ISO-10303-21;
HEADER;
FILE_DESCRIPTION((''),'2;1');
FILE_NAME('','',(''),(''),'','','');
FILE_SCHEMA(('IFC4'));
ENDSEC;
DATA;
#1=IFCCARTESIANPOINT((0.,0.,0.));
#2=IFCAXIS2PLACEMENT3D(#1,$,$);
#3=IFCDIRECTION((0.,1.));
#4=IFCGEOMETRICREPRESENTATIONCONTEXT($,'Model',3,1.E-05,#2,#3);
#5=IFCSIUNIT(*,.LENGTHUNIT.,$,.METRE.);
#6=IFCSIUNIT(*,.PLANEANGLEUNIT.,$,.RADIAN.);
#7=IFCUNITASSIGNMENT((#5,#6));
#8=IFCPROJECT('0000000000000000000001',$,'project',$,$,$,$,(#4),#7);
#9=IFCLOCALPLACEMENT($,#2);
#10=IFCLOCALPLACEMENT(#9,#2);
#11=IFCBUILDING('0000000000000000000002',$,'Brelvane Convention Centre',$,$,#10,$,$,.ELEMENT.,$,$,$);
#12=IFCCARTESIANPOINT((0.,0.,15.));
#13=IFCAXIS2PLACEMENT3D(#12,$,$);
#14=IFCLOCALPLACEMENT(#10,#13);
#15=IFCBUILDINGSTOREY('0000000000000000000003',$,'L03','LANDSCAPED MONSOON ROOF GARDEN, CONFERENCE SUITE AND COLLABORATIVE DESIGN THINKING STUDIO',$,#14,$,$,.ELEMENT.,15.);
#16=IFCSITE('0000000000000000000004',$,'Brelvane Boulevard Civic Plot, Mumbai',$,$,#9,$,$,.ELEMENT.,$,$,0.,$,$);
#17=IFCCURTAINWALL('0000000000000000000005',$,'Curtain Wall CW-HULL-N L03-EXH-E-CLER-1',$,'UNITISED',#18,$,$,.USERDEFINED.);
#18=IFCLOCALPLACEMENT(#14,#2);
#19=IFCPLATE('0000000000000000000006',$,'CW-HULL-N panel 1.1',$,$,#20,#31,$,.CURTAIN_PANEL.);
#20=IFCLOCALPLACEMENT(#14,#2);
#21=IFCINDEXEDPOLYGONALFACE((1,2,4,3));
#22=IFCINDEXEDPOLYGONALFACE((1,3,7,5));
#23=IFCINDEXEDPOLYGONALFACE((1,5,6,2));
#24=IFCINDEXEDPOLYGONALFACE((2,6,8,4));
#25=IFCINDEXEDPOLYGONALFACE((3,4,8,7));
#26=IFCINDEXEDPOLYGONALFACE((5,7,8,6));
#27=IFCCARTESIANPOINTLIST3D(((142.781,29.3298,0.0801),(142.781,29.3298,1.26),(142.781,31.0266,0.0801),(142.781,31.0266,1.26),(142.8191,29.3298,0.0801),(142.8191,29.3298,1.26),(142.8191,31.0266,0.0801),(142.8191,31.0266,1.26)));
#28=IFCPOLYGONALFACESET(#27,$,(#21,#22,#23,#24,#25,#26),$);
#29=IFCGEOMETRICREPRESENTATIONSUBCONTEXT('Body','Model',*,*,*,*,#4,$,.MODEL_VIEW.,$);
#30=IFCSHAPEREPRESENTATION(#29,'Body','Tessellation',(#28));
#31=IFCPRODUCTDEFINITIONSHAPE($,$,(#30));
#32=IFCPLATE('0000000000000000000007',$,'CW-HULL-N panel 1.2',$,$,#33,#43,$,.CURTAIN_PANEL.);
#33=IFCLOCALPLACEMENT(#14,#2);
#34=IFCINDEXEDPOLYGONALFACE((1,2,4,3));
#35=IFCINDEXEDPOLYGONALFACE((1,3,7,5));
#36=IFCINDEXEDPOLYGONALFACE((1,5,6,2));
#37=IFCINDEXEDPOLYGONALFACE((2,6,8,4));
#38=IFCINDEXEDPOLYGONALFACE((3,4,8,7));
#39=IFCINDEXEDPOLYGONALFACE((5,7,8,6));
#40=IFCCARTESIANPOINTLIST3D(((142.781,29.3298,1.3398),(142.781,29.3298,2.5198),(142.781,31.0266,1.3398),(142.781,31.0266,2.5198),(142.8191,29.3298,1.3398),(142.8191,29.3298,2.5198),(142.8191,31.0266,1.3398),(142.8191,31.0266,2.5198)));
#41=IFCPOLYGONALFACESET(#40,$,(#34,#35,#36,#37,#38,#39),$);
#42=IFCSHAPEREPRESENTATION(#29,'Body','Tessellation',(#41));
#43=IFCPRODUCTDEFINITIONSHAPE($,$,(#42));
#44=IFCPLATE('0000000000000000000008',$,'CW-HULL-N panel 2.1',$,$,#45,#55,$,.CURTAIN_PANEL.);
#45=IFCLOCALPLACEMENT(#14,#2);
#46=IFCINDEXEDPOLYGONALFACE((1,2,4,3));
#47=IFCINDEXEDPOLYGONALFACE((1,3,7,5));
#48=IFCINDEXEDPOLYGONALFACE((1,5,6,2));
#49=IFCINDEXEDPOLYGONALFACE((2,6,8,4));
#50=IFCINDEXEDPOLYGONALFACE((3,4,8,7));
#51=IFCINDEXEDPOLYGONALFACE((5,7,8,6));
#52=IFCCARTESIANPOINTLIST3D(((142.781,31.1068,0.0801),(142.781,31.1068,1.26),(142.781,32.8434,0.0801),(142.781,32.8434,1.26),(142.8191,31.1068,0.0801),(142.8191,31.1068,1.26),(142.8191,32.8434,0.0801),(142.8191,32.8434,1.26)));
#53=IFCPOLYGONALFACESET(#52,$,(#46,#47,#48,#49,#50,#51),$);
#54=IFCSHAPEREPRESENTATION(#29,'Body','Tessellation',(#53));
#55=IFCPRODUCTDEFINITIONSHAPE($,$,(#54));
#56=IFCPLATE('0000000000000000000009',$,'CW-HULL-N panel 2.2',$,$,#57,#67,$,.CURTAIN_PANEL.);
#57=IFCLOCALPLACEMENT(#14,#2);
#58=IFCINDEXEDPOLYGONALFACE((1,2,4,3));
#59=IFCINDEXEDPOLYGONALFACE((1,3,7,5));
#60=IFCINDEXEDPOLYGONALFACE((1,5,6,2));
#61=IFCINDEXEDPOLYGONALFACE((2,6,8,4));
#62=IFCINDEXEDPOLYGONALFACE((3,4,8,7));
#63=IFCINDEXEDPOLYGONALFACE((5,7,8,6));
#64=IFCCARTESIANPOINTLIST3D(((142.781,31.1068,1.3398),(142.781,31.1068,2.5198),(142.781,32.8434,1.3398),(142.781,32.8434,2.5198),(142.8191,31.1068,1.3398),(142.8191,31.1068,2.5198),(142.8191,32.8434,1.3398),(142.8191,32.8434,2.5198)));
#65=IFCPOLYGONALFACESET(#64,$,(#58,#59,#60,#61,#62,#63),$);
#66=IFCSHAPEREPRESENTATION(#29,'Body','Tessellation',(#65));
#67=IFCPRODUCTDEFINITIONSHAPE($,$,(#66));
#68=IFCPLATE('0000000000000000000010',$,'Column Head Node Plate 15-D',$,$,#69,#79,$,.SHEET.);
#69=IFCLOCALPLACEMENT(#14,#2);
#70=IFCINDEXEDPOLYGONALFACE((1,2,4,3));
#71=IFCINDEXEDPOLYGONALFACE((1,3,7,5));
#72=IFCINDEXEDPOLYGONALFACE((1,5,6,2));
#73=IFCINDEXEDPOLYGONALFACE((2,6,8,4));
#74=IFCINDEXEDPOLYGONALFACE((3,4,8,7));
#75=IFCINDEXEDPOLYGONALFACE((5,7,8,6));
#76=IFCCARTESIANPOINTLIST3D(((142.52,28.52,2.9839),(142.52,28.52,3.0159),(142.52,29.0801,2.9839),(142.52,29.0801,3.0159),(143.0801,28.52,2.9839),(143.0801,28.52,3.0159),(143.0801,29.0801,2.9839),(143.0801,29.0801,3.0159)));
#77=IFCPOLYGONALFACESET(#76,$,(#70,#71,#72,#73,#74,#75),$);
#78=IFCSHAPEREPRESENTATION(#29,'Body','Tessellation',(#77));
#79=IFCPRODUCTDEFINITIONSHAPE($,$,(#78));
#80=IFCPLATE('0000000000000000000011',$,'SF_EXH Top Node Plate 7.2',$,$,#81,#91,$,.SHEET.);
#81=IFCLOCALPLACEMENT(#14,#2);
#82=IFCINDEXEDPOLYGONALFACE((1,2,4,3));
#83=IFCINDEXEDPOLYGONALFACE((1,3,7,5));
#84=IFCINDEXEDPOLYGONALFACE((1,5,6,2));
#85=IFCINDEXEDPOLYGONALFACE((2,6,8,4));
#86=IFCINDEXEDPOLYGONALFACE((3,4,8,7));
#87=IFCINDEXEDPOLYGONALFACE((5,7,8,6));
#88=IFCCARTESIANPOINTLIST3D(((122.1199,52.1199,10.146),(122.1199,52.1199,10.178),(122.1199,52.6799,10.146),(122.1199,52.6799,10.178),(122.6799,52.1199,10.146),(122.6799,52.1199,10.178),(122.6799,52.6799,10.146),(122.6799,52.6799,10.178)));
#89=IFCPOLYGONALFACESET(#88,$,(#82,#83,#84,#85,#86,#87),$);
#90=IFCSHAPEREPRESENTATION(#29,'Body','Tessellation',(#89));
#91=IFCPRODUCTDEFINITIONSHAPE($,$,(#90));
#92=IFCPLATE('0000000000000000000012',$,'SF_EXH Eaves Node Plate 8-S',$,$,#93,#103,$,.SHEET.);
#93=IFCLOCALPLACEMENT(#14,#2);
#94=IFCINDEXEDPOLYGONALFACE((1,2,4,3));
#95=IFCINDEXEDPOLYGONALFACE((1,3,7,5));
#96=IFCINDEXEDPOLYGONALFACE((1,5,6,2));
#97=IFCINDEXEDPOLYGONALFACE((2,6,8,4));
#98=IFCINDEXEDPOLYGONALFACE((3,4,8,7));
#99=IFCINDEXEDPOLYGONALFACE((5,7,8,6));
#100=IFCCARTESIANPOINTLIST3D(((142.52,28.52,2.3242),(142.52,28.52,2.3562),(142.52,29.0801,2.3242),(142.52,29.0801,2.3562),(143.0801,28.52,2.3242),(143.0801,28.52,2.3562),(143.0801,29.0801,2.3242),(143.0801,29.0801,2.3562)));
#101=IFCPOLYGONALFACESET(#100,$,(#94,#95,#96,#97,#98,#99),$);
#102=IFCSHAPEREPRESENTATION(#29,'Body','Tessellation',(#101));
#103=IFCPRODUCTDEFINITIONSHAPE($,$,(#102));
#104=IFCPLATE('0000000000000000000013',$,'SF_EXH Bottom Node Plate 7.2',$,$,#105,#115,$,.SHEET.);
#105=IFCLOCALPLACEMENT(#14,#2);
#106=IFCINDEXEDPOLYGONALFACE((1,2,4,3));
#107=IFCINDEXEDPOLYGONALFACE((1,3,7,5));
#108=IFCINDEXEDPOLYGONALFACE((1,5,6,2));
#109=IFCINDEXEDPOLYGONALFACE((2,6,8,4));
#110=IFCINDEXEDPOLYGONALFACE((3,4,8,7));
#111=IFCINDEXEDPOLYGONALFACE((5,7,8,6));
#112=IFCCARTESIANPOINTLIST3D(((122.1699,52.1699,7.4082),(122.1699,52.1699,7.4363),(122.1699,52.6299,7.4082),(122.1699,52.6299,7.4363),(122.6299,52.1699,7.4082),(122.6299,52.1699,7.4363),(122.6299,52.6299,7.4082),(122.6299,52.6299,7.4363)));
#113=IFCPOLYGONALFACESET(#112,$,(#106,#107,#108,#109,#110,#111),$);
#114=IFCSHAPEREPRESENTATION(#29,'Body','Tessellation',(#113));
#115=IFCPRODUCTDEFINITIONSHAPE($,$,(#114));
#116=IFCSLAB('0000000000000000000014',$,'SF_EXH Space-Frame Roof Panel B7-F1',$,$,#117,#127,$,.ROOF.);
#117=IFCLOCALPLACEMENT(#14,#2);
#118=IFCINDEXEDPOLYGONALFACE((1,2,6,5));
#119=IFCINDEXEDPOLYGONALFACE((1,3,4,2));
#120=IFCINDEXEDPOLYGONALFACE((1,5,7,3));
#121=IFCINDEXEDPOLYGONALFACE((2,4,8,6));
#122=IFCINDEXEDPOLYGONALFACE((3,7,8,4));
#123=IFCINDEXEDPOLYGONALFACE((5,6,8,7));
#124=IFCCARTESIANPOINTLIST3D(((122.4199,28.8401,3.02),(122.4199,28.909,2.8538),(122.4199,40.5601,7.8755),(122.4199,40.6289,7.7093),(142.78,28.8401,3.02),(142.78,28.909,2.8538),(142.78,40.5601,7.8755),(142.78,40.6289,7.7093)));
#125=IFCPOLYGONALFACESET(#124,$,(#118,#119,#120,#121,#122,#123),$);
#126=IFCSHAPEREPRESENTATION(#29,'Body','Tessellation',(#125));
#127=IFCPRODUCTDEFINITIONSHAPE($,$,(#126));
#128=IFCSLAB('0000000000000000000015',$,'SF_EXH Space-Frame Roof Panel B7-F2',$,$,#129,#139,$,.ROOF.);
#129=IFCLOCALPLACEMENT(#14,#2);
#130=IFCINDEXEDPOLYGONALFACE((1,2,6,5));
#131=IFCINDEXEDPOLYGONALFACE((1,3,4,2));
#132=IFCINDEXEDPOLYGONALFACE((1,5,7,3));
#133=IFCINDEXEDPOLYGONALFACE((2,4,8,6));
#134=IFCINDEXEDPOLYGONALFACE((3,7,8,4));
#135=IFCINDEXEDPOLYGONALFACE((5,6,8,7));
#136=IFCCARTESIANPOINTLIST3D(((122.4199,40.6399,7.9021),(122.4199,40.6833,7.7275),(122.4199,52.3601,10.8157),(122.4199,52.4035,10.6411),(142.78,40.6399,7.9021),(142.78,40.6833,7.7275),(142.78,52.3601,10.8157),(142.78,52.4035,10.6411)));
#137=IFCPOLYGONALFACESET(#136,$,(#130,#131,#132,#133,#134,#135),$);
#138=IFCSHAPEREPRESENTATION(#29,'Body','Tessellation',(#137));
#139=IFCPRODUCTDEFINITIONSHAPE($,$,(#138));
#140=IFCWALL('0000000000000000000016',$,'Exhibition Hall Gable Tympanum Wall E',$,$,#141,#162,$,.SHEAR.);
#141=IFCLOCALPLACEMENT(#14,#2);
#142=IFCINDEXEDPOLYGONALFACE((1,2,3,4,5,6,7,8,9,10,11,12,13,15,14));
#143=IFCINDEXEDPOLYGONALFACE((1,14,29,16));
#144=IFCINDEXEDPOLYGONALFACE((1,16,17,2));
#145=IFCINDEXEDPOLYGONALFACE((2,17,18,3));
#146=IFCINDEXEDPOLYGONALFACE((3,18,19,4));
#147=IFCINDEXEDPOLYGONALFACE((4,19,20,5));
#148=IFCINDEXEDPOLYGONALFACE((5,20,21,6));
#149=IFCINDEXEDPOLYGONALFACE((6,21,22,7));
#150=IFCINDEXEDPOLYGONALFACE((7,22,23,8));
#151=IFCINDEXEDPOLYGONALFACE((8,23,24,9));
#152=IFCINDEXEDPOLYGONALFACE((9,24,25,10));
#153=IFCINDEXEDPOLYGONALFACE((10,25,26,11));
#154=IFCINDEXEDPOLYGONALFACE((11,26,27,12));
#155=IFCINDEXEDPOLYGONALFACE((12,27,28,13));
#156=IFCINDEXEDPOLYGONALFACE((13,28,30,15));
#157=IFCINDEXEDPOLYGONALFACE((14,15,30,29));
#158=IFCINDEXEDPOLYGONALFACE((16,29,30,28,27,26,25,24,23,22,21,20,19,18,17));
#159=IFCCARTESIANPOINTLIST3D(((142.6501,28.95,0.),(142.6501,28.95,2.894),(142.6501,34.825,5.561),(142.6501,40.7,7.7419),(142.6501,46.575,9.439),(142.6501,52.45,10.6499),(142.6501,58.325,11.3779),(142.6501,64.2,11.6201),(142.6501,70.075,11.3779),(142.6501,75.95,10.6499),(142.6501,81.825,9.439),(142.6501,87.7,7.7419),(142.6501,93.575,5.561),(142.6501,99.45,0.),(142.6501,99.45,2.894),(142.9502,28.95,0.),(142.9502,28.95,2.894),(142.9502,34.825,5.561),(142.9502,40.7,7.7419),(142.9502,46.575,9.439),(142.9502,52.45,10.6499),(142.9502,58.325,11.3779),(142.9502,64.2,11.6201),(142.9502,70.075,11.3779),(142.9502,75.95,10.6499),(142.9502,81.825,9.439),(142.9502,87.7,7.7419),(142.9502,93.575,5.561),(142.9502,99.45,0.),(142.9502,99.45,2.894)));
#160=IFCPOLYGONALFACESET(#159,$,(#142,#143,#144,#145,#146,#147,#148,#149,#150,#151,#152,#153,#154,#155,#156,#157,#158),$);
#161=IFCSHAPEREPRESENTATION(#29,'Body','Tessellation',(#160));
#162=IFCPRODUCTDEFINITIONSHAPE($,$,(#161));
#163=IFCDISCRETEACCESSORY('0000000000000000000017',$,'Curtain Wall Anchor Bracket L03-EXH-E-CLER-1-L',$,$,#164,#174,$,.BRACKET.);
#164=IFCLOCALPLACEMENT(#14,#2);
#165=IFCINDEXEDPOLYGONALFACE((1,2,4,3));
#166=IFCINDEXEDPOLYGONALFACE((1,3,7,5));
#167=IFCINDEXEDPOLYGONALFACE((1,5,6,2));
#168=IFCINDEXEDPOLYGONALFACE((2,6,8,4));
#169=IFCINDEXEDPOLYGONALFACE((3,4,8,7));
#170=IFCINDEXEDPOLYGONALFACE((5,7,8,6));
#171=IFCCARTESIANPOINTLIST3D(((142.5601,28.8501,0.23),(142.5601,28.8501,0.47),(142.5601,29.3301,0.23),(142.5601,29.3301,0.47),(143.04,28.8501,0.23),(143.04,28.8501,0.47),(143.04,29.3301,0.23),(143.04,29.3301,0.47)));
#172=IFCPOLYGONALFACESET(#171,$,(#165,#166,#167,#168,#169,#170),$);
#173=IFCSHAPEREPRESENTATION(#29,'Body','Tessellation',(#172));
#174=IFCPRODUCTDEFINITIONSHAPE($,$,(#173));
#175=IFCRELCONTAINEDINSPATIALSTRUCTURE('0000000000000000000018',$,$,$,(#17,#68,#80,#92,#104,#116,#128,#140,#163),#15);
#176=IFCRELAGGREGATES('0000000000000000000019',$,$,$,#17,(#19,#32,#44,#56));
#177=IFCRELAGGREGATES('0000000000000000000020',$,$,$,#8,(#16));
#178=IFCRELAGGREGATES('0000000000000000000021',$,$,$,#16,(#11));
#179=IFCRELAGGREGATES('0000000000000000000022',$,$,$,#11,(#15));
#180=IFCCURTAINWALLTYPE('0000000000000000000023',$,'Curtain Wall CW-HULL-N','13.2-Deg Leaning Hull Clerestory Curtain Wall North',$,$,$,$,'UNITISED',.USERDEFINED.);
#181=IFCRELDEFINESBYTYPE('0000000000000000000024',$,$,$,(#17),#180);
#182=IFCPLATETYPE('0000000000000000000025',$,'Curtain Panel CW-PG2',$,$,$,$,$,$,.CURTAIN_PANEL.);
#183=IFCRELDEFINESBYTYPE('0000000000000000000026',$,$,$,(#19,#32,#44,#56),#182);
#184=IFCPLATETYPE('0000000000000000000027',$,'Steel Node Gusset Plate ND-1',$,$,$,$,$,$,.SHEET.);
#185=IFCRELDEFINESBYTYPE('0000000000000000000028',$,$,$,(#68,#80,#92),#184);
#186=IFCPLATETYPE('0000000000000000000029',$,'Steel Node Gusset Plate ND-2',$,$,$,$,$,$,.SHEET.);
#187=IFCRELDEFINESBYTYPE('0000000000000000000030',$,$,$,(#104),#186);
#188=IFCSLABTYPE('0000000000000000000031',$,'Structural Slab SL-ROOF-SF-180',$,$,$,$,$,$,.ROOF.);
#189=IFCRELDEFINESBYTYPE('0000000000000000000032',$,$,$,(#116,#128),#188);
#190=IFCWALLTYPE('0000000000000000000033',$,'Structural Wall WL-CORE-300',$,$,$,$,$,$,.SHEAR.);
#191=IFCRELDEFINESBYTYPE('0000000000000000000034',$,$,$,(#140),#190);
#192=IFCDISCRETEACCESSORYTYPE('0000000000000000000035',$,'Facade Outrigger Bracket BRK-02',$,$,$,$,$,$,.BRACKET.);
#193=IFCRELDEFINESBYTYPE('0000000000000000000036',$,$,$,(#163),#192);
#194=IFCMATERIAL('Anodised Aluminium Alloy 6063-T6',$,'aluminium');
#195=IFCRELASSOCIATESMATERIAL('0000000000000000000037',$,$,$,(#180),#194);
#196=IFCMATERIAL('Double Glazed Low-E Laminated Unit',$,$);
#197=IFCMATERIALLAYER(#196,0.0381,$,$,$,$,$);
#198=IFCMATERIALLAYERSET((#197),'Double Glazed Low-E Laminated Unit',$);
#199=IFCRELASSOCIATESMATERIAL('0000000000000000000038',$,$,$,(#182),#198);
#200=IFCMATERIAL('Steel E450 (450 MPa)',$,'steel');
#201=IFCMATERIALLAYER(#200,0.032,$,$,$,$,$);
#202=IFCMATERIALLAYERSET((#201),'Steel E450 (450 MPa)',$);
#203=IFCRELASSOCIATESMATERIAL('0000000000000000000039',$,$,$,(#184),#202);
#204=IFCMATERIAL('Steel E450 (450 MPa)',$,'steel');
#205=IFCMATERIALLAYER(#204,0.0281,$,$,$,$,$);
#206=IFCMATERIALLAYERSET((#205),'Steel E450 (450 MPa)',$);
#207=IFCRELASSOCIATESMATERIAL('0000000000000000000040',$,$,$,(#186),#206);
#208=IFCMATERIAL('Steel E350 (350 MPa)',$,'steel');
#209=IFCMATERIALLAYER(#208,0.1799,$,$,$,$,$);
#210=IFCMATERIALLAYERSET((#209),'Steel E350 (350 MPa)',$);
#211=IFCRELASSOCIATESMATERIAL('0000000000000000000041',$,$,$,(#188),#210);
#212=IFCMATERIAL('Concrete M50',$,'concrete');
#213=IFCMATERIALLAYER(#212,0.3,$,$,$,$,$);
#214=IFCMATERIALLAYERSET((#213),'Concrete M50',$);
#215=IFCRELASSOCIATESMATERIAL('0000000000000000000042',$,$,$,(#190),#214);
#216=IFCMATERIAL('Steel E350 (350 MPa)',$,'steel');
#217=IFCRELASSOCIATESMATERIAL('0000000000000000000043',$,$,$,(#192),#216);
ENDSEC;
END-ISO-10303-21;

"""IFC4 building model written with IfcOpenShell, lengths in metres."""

from ifc_helpers import new_model, si_unit, direction, frame, origin, origin_2d, place, context, subcontext, project, spatial, polyline, rectangle, outline, extrude, material, layer, layer_set, type_object, element, aggregate, save


model = new_model("IFC4")

# Units and contexts
model_context = context("Model", 3, precision=1e-05, world=origin(), true_north=direction((0.0, 1.0)))
body_context = subcontext(model_context, "Body", "Model", "MODEL_VIEW")
ifc_project = project(units=[si_unit("LENGTHUNIT", "METRE"), si_unit("PLANEANGLEUNIT", "RADIAN")], contexts=[model_context])

# Site, building, storey
site_placement = place(None, origin())
site = spatial("IfcSite", under=ifc_project, at=site_placement, Name="Brelvane Boulevard Civic Plot, Mumbai", CompositionType="ELEMENT", RefElevation=0.0)
building_placement = place(site_placement, origin())
building = spatial("IfcBuilding", under=site, at=building_placement, Name="Brelvane Convention Centre", CompositionType="ELEMENT")
storey_placement = place(building_placement, frame((0.0, 0.0, 15.0)))
storey = spatial("IfcBuildingStorey", under=building, at=storey_placement, Name="L03", Description="LANDSCAPED MONSOON ROOF GARDEN, CONFERENCE SUITE AND COLLABORATIVE DESIGN THINKING STUDIO", CompositionType="ELEMENT", Elevation=15.0)

# Curtain wall
ifc_material_1 = material(Name="Anodised Aluminium Alloy 6063-T6", Category="aluminium")
curtain_wall_type = type_object("IfcCurtainWallType", Name="Curtain Wall CW-HULL-N", Description="13.2-Deg Leaning Hull Clerestory Curtain Wall North", ElementType="UNITISED", PredefinedType="USERDEFINED", material=ifc_material_1)
curtain_wall_placement = place(storey_placement, origin())
curtain_wall = element("IfcCurtainWall", 1, at=curtain_wall_placement, inside=storey, type_object=curtain_wall_type, Name="Curtain Wall CW-HULL-N L03-EXH-E-CLER-1", ObjectType="UNITISED", PredefinedType="USERDEFINED")

# Plates
ifc_material_2 = material(Name="Double Glazed Low-E Laminated Unit")
ifc_layer_1 = layer(ifc_material_2, 0.0381)
ifc_layer_set_1 = layer_set([ifc_layer_1], Name="Double Glazed Low-E Laminated Unit")
plate_type_1 = type_object("IfcPlateType", Name="Curtain Panel CW-PG2", PredefinedType="CURTAIN_PANEL", material=ifc_layer_set_1)
plate_1_placement = place(storey_placement, frame((142.8, 30.1782, 0.0801), z_axis=(0.0, 0.0, 1.0), x_axis=(0.0, 1.0, 0.0)))
plate_1 = element("IfcPlate", 2, at=plate_1_placement, type_object=plate_type_1, Name="CW-HULL-N panel 1.1", PredefinedType="CURTAIN_PANEL", context=body_context, shape_type="SweptSolid", body=[
    extrude(rectangle(XDim=1.6968, YDim=0.0381, at=origin_2d()), origin(), (0.0, 0.0, 1.0), 1.1799),
])
plate_2_placement = place(storey_placement, frame((142.8, 30.1782, 1.3398), z_axis=(0.0, 0.0, 1.0), x_axis=(0.0, 1.0, 0.0)))
plate_2 = element("IfcPlate", 3, at=plate_2_placement, type_object=plate_type_1, Name="CW-HULL-N panel 1.2", PredefinedType="CURTAIN_PANEL", context=body_context, shape_type="SweptSolid", body=[
    extrude(rectangle(XDim=1.6968, YDim=0.0381, at=origin_2d()), origin(), (0.0, 0.0, 1.0), 1.1799),
])
plate_3_placement = place(storey_placement, frame((142.8, 31.9751, 0.0801), z_axis=(0.0, 0.0, 1.0), x_axis=(0.0, 1.0, 0.0)))
plate_3 = element("IfcPlate", 4, at=plate_3_placement, type_object=plate_type_1, Name="CW-HULL-N panel 2.1", PredefinedType="CURTAIN_PANEL", context=body_context, shape_type="SweptSolid", body=[
    extrude(rectangle(XDim=1.7366, YDim=0.0381, at=origin_2d()), origin(), (0.0, 0.0, 1.0), 1.1799),
])
plate_4_placement = place(storey_placement, frame((142.8, 31.9751, 1.3398), z_axis=(0.0, 0.0, 1.0), x_axis=(0.0, 1.0, 0.0)))
plate_4 = element("IfcPlate", 5, at=plate_4_placement, type_object=plate_type_1, Name="CW-HULL-N panel 2.2", PredefinedType="CURTAIN_PANEL", context=body_context, shape_type="SweptSolid", body=[
    extrude(rectangle(XDim=1.7366, YDim=0.0381, at=origin_2d()), origin(), (0.0, 0.0, 1.0), 1.1799),
])
aggregate(curtain_wall, [plate_1, plate_2, plate_3, plate_4])

# Plates
ifc_material_3 = material(Name="Steel E450 (450 MPa)", Category="steel")
ifc_layer_2 = layer(ifc_material_3, 0.032)
ifc_layer_set_2 = layer_set([ifc_layer_2], Name="Steel E450 (450 MPa)")
plate_type_2 = type_object("IfcPlateType", Name="Steel Node Gusset Plate ND-1", PredefinedType="SHEET", material=ifc_layer_set_2)
for number, where, z_axis, x_axis, name in (
    (6, (142.8, 28.8, 2.9839), (0.0, 0.0, 1.0), (1.0, 0.0, 0.0), "Column Head Node Plate 15-D"),
    (7, (122.3999, 52.3999, 10.146), (0.0, 0.0, 1.0), (1.0, 0.0, 0.0), "SF_EXH Top Node Plate 7.2"),
    (8, (142.8, 28.8, 2.3242), (0.0, 0.0, 1.0), (1.0, 0.0, 0.0), "SF_EXH Eaves Node Plate 8-S"),
):
    element("IfcPlate", number, at=place(storey_placement, frame(where, z_axis=z_axis, x_axis=x_axis)), inside=storey, type_object=plate_type_2, Name=name, PredefinedType="SHEET", context=body_context, shape_type="SweptSolid", body=[
        extrude(rectangle(XDim=0.5601, YDim=0.5601, at=origin_2d()), origin(), (0.0, 0.0, 1.0), 0.032),
    ])
ifc_material_4 = material(Name="Steel E450 (450 MPa)", Category="steel")
ifc_layer_3 = layer(ifc_material_4, 0.0281)
ifc_layer_set_3 = layer_set([ifc_layer_3], Name="Steel E450 (450 MPa)")
plate_type_3 = type_object("IfcPlateType", Name="Steel Node Gusset Plate ND-2", PredefinedType="SHEET", material=ifc_layer_set_3)
plate_5_placement = place(storey_placement, frame((122.3999, 52.3999, 7.4082), z_axis=(0.0, 0.0, 1.0), x_axis=(1.0, 0.0, 0.0)))
element("IfcPlate", 9, at=plate_5_placement, inside=storey, type_object=plate_type_3, Name="SF_EXH Bottom Node Plate 7.2", PredefinedType="SHEET", context=body_context, shape_type="SweptSolid", body=[
    extrude(rectangle(XDim=0.46, YDim=0.46, at=origin_2d()), origin(), (0.0, 0.0, 1.0), 0.0281),
])

# Slabs
ifc_material_5 = material(Name="Steel E350 (350 MPa)", Category="steel")
ifc_layer_4 = layer(ifc_material_5, 0.1799)
ifc_layer_set_4 = layer_set([ifc_layer_4], Name="Steel E350 (350 MPa)")
slab_type = type_object("IfcSlabType", Name="Structural Slab SL-ROOF-SF-180", PredefinedType="ROOF", material=ifc_layer_set_4)
slab_1_placement = place(storey_placement, frame((122.4199, 28.8401, 3.02), z_axis=(0.0, -0.382744, 0.923855), x_axis=(1.0, 0.0, 0.0)))
element("IfcSlab", 10, at=slab_1_placement, inside=storey, type_object=slab_type, Name="SF_EXH Space-Frame Roof Panel B7-F1", PredefinedType="ROOF", context=body_context, shape_type="SweptSolid", body=[
    extrude(outline(polyline([(0.0, 0.0), (20.3601, 0.0), (20.3601, 12.6859), (0.0, 12.6859), (0.0, 0.0)])), origin(), (0.0, 0.0, -1.0), 0.1799),
])
slab_2_placement = place(storey_placement, frame((122.4199, 40.6399, 7.9021), z_axis=(0.0, -0.241251, 0.970463), x_axis=(1.0, 0.0, 0.0)))
element("IfcSlab", 11, at=slab_2_placement, inside=storey, type_object=slab_type, Name="SF_EXH Space-Frame Roof Panel B7-F2", PredefinedType="ROOF", context=body_context, shape_type="SweptSolid", body=[
    extrude(outline(polyline([(0.0, 0.0), (20.3601, 0.0), (20.3601, 12.0769), (0.0, 12.0769), (0.0, 0.0)])), origin(), (0.0, 0.0, -1.0), 0.1799),
])

# Wall
ifc_material_6 = material(Name="Concrete M50", Category="concrete")
ifc_layer_5 = layer(ifc_material_6, 0.3)
ifc_layer_set_5 = layer_set([ifc_layer_5], Name="Concrete M50")
wall_type = type_object("IfcWallType", Name="Structural Wall WL-CORE-300", PredefinedType="SHEAR", material=ifc_layer_set_5)
wall_placement = place(storey_placement, frame((142.8, 28.95, 0.0), z_axis=(0.0, 0.0, 1.0), x_axis=(0.0, 1.0, 0.0)))
element("IfcWall", 12, at=wall_placement, inside=storey, type_object=wall_type, Name="Exhibition Hall Gable Tympanum Wall E", PredefinedType="SHEAR", context=body_context, shape_type="SweptSolid", body=[
    extrude(outline(polyline([(0.0, 0.0), (70.5, 0.0), (70.5, 2.894), (64.625, 5.561), (58.75, 7.7419), (52.875, 9.439), (47.0, 10.6499), (41.125, 11.3779), (35.25, 11.6201), (29.375, 11.3779), (23.5, 10.6499), (17.625, 9.439), (11.75, 7.7419), (5.875, 5.561), (0.0, 2.894), (0.0, 0.0)])), frame((0.0, 0.1499, 0.0), z_axis=(0.0, -1.0, 0.0), x_axis=(1.0, 0.0, 0.0)), (0.0, 0.0, 1.0), 0.3),
])

# Discrete accessory
ifc_material_7 = material(Name="Steel E350 (350 MPa)", Category="steel")
discrete_accessory_type = type_object("IfcDiscreteAccessoryType", Name="Facade Outrigger Bracket BRK-02", PredefinedType="BRACKET", material=ifc_material_7)
discrete_accessory_placement = place(storey_placement, frame((142.8, 29.0901, 0.23), z_axis=(0.0, 0.0, 1.0), x_axis=(1.0, 0.0, 0.0)))
element("IfcDiscreteAccessory", 13, at=discrete_accessory_placement, inside=storey, type_object=discrete_accessory_type, Name="Curtain Wall Anchor Bracket L03-EXH-E-CLER-1-L", PredefinedType="BRACKET", context=body_context, shape_type="SweptSolid", body=[
    extrude(rectangle(XDim=0.48, YDim=0.48, at=origin_2d()), origin(), (0.0, 0.0, 1.0), 0.24),
])

save(model, "model.ifc")
